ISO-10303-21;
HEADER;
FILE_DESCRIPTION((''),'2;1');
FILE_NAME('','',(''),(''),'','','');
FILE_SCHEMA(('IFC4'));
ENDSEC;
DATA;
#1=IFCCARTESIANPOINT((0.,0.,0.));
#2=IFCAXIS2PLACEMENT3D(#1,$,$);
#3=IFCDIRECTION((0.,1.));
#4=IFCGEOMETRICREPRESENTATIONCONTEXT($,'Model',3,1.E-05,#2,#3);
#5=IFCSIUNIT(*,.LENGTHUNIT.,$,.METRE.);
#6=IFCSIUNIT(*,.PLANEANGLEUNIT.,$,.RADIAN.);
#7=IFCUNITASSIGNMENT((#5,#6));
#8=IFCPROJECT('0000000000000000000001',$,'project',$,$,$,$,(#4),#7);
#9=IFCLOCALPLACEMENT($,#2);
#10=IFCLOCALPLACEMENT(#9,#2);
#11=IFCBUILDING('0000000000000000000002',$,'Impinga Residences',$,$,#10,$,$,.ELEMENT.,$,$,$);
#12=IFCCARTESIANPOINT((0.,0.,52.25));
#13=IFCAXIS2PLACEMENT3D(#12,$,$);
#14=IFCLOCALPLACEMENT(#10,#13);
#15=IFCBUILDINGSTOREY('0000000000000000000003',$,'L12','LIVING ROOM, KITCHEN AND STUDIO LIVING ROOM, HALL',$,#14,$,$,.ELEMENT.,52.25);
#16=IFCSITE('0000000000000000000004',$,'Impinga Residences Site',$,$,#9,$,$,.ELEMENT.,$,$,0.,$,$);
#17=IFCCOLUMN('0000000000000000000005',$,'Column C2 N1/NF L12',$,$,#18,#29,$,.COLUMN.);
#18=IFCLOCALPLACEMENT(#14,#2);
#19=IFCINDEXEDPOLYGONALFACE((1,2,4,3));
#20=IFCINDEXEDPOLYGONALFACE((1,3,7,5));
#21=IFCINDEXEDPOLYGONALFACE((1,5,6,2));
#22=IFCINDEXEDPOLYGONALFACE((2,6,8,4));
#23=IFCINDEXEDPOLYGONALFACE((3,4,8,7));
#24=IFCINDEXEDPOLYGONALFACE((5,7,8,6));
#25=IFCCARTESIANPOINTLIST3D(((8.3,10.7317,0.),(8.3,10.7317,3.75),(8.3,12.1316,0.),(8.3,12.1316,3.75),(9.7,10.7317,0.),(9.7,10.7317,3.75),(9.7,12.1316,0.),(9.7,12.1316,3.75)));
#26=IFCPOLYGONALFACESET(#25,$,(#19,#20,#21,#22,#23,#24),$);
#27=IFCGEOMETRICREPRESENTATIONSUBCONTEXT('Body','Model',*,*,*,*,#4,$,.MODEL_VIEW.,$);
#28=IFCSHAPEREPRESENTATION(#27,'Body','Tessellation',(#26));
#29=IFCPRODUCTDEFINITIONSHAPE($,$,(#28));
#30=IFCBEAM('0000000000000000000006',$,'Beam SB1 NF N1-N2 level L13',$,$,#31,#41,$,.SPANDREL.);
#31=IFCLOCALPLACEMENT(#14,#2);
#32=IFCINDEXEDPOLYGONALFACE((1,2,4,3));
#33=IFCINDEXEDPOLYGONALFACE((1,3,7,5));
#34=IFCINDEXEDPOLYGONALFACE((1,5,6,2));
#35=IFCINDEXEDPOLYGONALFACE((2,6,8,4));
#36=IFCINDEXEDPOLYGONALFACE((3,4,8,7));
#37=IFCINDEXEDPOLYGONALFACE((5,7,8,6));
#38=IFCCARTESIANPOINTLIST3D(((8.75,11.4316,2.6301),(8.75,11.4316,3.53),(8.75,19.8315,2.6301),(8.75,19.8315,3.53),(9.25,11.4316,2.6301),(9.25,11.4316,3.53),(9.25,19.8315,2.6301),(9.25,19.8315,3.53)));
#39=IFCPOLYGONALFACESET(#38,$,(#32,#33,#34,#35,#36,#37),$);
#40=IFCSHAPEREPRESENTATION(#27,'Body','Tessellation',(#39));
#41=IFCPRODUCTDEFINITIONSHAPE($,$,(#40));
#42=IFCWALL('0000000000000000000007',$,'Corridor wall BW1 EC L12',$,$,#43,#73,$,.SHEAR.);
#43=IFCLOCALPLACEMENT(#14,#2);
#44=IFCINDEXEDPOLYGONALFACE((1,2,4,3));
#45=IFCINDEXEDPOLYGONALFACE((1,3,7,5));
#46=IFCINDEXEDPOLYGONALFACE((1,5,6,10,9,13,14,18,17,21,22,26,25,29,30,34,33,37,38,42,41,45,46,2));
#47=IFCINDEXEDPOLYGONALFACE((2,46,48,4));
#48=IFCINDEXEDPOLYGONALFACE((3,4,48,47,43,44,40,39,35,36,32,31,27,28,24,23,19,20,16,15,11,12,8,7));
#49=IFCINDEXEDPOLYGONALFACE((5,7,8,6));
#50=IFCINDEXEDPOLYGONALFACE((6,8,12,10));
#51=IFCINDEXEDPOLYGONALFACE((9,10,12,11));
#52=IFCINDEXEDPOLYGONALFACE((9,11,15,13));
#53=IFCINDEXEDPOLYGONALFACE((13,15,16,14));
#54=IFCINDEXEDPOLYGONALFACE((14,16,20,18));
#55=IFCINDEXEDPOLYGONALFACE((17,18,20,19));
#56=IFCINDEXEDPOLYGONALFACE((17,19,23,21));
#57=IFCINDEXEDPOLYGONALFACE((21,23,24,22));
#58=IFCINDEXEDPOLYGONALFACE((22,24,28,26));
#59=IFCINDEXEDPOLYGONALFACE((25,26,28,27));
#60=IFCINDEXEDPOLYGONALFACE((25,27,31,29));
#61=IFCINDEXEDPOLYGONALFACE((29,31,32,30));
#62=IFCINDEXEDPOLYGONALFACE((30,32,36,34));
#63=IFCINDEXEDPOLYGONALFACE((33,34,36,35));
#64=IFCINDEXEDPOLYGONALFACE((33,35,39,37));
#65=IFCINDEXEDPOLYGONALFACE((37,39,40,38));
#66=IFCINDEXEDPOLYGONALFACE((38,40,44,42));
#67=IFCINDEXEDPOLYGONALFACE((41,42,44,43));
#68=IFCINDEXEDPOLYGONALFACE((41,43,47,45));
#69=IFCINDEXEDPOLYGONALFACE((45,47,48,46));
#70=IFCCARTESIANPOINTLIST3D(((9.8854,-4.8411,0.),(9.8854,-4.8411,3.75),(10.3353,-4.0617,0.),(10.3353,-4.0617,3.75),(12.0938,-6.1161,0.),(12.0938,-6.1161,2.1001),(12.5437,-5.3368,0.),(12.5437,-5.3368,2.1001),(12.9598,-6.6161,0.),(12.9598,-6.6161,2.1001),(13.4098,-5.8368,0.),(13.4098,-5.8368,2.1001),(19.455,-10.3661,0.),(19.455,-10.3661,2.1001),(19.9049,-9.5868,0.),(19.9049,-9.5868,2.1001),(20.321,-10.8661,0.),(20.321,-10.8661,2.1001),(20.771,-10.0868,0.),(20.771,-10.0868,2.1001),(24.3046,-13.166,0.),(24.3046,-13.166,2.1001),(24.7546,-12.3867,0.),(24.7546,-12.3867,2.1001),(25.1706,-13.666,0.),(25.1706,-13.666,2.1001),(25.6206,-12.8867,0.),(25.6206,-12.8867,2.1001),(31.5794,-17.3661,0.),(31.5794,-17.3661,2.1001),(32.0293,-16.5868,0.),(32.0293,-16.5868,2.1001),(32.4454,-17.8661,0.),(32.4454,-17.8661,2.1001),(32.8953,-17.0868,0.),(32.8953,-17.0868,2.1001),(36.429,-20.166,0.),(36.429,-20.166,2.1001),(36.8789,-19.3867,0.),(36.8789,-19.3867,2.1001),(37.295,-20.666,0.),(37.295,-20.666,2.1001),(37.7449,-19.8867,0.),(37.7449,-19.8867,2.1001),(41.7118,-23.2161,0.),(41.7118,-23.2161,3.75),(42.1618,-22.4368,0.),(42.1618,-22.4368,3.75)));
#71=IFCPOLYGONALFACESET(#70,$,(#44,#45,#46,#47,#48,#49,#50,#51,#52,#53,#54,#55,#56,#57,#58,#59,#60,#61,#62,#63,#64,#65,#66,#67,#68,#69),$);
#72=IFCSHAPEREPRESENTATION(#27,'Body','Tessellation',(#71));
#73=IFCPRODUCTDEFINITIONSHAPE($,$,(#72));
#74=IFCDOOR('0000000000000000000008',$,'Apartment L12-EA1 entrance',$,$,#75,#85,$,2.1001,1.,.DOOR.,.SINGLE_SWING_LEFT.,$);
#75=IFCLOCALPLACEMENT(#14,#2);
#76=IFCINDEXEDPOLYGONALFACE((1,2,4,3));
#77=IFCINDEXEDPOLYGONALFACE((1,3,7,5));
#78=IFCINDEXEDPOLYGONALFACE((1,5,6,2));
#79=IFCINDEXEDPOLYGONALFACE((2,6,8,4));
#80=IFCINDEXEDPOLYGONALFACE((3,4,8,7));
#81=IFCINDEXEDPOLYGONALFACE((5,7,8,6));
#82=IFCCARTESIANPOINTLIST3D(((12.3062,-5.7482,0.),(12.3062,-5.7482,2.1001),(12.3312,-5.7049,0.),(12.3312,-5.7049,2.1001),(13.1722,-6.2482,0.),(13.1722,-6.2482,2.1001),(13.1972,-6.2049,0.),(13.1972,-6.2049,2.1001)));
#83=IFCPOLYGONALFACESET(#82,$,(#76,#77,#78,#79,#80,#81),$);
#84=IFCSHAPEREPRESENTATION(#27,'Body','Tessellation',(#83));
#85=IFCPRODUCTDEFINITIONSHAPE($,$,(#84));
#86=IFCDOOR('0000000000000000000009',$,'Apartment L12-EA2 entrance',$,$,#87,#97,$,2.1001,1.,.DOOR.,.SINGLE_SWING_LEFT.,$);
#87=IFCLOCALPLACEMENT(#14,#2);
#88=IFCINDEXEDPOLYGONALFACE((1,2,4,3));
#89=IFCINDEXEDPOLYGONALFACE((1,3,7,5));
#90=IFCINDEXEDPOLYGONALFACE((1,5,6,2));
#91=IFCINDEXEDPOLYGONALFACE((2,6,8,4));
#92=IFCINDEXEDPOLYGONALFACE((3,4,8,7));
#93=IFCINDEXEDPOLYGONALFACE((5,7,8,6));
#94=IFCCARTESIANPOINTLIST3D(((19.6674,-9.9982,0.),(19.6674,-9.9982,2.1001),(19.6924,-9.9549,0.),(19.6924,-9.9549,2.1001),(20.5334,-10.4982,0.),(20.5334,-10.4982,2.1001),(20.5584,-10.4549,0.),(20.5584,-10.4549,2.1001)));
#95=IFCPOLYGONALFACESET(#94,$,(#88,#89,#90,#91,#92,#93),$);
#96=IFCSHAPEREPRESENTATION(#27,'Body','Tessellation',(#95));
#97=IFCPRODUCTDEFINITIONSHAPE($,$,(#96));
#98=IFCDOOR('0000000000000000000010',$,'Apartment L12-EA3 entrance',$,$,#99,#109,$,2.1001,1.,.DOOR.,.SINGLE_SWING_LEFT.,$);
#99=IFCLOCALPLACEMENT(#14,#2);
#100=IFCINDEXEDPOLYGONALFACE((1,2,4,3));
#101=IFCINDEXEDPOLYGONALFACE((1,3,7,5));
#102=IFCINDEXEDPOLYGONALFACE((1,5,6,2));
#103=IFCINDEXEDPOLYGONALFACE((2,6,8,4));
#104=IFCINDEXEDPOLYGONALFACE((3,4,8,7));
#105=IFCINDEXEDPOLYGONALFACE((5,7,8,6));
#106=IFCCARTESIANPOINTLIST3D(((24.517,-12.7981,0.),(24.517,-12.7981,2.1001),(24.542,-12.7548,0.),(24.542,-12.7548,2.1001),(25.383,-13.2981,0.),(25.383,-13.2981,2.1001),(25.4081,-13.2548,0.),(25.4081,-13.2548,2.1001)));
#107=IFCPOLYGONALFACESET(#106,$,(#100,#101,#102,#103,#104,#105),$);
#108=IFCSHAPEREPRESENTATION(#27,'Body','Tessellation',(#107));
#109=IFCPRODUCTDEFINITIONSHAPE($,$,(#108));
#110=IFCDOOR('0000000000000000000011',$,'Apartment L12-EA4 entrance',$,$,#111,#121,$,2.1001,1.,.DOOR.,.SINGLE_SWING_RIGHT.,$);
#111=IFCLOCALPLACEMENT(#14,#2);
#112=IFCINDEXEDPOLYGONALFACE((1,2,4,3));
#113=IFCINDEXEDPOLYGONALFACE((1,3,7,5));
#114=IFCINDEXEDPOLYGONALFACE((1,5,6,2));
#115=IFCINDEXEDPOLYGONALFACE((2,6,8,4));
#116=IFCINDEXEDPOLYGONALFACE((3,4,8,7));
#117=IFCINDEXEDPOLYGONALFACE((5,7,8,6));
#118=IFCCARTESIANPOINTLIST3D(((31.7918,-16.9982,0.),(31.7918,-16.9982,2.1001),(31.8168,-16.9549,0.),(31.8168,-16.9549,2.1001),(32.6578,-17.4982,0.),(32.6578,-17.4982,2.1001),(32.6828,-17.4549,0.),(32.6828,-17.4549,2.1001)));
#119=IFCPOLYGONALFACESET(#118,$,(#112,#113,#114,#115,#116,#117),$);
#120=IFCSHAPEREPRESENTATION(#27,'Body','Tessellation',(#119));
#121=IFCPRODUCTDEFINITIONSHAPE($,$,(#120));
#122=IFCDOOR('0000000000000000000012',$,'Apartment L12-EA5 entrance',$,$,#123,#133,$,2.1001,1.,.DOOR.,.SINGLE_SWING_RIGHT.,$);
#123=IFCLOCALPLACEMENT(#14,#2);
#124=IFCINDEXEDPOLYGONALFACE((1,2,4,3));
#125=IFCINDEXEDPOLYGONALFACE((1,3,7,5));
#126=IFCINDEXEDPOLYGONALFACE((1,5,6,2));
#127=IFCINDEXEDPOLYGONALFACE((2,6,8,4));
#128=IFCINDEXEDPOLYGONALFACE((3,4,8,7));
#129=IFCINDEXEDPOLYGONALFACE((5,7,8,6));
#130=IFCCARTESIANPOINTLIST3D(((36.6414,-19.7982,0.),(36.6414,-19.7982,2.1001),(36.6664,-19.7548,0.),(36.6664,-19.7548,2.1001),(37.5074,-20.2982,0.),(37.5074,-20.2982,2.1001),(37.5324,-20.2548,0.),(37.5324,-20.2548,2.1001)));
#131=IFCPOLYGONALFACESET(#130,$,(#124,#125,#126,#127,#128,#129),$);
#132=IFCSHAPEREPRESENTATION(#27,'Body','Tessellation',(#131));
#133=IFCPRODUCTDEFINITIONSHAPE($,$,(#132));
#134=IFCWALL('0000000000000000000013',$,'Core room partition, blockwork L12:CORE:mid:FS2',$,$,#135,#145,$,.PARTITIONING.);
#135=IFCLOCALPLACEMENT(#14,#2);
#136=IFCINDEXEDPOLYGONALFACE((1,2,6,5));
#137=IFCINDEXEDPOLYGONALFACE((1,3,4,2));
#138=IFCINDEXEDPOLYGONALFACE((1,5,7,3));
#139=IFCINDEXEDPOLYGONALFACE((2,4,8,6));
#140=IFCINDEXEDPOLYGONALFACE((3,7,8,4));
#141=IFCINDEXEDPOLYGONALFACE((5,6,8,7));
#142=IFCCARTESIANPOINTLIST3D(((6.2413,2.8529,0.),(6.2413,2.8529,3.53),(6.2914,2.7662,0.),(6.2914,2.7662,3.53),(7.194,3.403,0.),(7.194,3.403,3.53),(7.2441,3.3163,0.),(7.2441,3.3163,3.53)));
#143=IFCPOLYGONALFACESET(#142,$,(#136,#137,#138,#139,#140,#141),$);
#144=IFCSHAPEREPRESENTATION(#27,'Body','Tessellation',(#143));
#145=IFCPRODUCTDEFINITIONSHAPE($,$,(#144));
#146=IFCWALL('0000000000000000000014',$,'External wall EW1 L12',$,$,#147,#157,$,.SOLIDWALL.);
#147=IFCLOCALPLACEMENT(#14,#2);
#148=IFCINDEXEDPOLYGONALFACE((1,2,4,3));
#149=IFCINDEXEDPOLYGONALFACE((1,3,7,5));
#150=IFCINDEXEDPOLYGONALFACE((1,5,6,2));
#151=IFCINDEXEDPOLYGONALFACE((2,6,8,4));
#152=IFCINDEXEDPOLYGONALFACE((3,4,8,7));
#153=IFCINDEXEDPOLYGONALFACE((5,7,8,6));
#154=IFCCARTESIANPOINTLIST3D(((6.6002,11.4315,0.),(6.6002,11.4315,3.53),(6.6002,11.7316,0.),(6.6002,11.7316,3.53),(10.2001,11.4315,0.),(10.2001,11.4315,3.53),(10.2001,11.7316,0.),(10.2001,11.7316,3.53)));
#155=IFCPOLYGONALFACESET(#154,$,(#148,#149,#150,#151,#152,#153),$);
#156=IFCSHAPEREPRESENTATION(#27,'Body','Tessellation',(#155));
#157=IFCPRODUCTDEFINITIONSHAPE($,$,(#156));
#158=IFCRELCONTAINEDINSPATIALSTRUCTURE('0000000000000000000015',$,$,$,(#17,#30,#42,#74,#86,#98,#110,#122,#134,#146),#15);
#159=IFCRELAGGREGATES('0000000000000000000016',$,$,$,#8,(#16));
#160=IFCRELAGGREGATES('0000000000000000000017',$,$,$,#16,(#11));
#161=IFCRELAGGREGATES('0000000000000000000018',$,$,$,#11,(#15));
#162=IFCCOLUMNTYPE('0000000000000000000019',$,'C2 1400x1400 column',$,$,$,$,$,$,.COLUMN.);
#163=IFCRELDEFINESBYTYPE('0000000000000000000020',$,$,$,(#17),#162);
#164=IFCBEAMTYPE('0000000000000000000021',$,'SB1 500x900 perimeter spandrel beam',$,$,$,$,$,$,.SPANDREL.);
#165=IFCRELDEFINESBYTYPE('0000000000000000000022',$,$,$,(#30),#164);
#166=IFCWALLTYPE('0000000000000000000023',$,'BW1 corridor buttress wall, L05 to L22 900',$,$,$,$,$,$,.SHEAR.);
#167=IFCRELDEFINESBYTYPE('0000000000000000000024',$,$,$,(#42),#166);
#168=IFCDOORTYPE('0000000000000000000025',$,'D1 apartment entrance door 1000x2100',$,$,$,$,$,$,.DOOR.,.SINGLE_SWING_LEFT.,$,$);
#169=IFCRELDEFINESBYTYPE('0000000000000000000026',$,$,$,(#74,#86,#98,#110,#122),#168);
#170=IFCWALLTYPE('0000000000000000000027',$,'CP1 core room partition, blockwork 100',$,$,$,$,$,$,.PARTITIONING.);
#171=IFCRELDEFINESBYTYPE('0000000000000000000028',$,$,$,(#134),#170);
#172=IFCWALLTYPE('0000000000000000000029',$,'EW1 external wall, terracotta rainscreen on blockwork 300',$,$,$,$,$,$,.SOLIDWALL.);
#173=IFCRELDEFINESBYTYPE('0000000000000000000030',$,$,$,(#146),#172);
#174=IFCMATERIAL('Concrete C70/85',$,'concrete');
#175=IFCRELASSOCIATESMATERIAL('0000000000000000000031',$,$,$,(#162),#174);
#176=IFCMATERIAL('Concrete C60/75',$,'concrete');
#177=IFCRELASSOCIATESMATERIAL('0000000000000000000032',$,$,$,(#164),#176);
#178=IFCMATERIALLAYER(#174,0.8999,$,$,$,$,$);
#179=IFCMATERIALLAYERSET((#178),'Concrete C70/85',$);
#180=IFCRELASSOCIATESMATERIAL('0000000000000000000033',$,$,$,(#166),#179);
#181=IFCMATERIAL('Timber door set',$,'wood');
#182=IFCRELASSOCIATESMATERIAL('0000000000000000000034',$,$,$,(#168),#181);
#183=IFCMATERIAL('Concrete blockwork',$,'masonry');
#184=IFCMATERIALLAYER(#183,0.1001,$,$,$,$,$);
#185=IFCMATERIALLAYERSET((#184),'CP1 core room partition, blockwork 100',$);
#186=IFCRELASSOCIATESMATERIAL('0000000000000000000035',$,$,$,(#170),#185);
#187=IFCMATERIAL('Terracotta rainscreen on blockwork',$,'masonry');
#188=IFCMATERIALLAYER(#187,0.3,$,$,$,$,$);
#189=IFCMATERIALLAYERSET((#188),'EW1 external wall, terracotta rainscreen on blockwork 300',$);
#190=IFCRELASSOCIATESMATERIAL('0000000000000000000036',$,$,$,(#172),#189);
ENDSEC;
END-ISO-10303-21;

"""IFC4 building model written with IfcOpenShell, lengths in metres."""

from ifc_helpers import new_model, si_unit, direction, frame, frame_2d, origin, origin_2d, place, context, subcontext, project, spatial, rectangle, extrude, material, layer, layer_set, material_profile, profile_set, type_object, element, fill, save


model = new_model("IFC4")

# Units and contexts
model_context = context("Model", 3, precision=1e-05, world=origin(), true_north=direction((0.0, 1.0)))
body_context = subcontext(model_context, "Body", "Model", "MODEL_VIEW")
ifc_project = project(units=[si_unit("LENGTHUNIT", "METRE"), si_unit("PLANEANGLEUNIT", "RADIAN")], contexts=[model_context])

# Site, building, storey
site_placement = place(None, origin())
site = spatial("IfcSite", under=ifc_project, at=site_placement, Name="Impinga Residences Site", CompositionType="ELEMENT", RefElevation=0.0)
building_placement = place(site_placement, origin())
building = spatial("IfcBuilding", under=site, at=building_placement, Name="Impinga Residences", CompositionType="ELEMENT")
storey_placement = place(building_placement, frame((0.0, 0.0, 52.25)))
storey = spatial("IfcBuildingStorey", under=building, at=storey_placement, Name="L12", Description="LIVING ROOM, KITCHEN AND STUDIO LIVING ROOM, HALL", CompositionType="ELEMENT", Elevation=52.25)

# Column
ifc_material_1 = material(Name="Concrete C70/85", Category="concrete")
ifc_material_profile_1 = material_profile(ifc_material_1, rectangle(XDim=1.3999, YDim=1.3999, at=origin_2d()), Name="RC 1400x1400")
ifc_profile_set_1 = profile_set([ifc_material_profile_1], Name="Concrete C70/85")
column_type = type_object("IfcColumnType", Name="C2 1400x1400 column", PredefinedType="COLUMN", material=ifc_profile_set_1)
column_placement = place(storey_placement, frame((9.0, 11.4316, 0.0), z_axis=(0.0, 0.0, 1.0), x_axis=(1.0, 0.0, 0.0)))
element("IfcColumn", 1, at=column_placement, inside=storey, type_object=column_type, Name="Column C2 N1/NF L12", PredefinedType="COLUMN", context=body_context, shape_type="SweptSolid", body=[
    extrude(rectangle(XDim=1.3999, YDim=1.3999, at=origin_2d()), origin(), (0.0, 0.0, 1.0), 3.75),
])

# Beam
ifc_material_2 = material(Name="Concrete C60/75", Category="concrete")
ifc_material_profile_2 = material_profile(ifc_material_2, rectangle(XDim=0.5, YDim=0.8999, at=origin_2d()), Name="RC 500x900")
ifc_profile_set_2 = profile_set([ifc_material_profile_2], Name="Concrete C60/75")
beam_type = type_object("IfcBeamType", Name="SB1 500x900 perimeter spandrel beam", PredefinedType="SPANDREL", material=ifc_profile_set_2)
beam_placement = place(storey_placement, frame((9.0, 11.4316, 3.0801), z_axis=(0.0, 1.0, 0.0), x_axis=(-1.0, 0.0, 0.0)))
element("IfcBeam", 2, at=beam_placement, inside=storey, type_object=beam_type, Name="Beam SB1 NF N1-N2 level L13", PredefinedType="SPANDREL", context=body_context, shape_type="SweptSolid", body=[
    extrude(rectangle(XDim=0.5, YDim=0.8999, at=origin_2d()), origin(), (0.0, 0.0, 1.0), 8.3999),
])

# Wall, openings, doors
ifc_layer_1 = layer(ifc_material_1, 0.8999)
ifc_layer_set_1 = layer_set([ifc_layer_1], Name="Concrete C70/85")
wall_type_1 = type_object("IfcWallType", Name="BW1 corridor buttress wall, L05 to L22 900", PredefinedType="SHEAR", material=ifc_layer_set_1)
wall_1_placement = place(storey_placement, frame((10.1104, -4.4514, 0.0), z_axis=(0.0, 0.0, 1.0), x_axis=(0.866025, -0.5, 0.0)))
wall_1 = element("IfcWall", 3, at=wall_1_placement, inside=storey, type_object=wall_type_1, Name="Corridor wall BW1 EC L12", PredefinedType="SHEAR", context=body_context, shape_type="SweptSolid", body=[
    extrude(rectangle(XDim=36.75, YDim=0.8999, at=frame_2d((18.375, 0.0))), origin(), (0.0, 0.0, 1.0), 3.75),
])
opening_1_placement = place(wall_1_placement, frame((2.55, 0.0, 0.0)))
opening_1 = element("IfcOpeningElement", 4, at=opening_1_placement, cuts=wall_1, PredefinedType="OPENING", context=body_context, shape_type="SweptSolid", body=[
    extrude(rectangle(XDim=1.0, YDim=2.1001, at=frame_2d((0.5, 1.05))), frame((0.0, 0.46, 0.0), z_axis=(0.0, -1.0, 0.0), x_axis=(1.0, 0.0, 0.0)), (0.0, 0.0, 1.0), 0.9199),
])
opening_2_placement = place(wall_1_placement, frame((11.05, 0.0, 0.0)))
opening_2 = element("IfcOpeningElement", 5, at=opening_2_placement, cuts=wall_1, PredefinedType="OPENING", context=body_context, shape_type="SweptSolid", body=[
    extrude(rectangle(XDim=1.0, YDim=2.1001, at=frame_2d((0.5, 1.05))), frame((0.0, 0.46, 0.0), z_axis=(0.0, -1.0, 0.0), x_axis=(1.0, 0.0, 0.0)), (0.0, 0.0, 1.0), 0.9199),
])
opening_3_placement = place(wall_1_placement, frame((16.6499, 0.0, 0.0)))
opening_3 = element("IfcOpeningElement", 6, at=opening_3_placement, cuts=wall_1, PredefinedType="OPENING", context=body_context, shape_type="SweptSolid", body=[
    extrude(rectangle(XDim=1.0, YDim=2.1001, at=frame_2d((0.5, 1.05))), frame((0.0, 0.46, 0.0), z_axis=(0.0, -1.0, 0.0), x_axis=(1.0, 0.0, 0.0)), (0.0, 0.0, 1.0), 0.9199),
])
opening_4_placement = place(wall_1_placement, frame((25.05, 0.0, 0.0)))
opening_4 = element("IfcOpeningElement", 7, at=opening_4_placement, cuts=wall_1, PredefinedType="OPENING", context=body_context, shape_type="SweptSolid", body=[
    extrude(rectangle(XDim=1.0, YDim=2.1001, at=frame_2d((0.5, 1.05))), frame((0.0, 0.46, 0.0), z_axis=(0.0, -1.0, 0.0), x_axis=(1.0, 0.0, 0.0)), (0.0, 0.0, 1.0), 0.9199),
])
opening_5_placement = place(wall_1_placement, frame((30.6499, 0.0, 0.0)))
opening_5 = element("IfcOpeningElement", 8, at=opening_5_placement, cuts=wall_1, PredefinedType="OPENING", context=body_context, shape_type="SweptSolid", body=[
    extrude(rectangle(XDim=1.0, YDim=2.1001, at=frame_2d((0.5, 1.05))), frame((0.0, 0.46, 0.0), z_axis=(0.0, -1.0, 0.0), x_axis=(1.0, 0.0, 0.0)), (0.0, 0.0, 1.0), 0.9199),
])
ifc_material_3 = material(Name="Timber door set", Category="wood")
door_type_1 = type_object("IfcDoorType", Name="D1 apartment entrance door 1000x2100", OperationType="SINGLE_SWING_LEFT", PredefinedType="DOOR", material=ifc_material_3)
door_1_placement = place(opening_1_placement, origin())
door_1 = element("IfcDoor", 9, at=door_1_placement, inside=storey, type_object=door_type_1, Name="Apartment L12-EA1 entrance", OperationType="SINGLE_SWING_LEFT", OverallHeight=2.1001, OverallWidth=1.0, PredefinedType="DOOR", context=body_context, shape_type="SweptSolid", body=[
    extrude(rectangle(XDim=1.0, YDim=2.1001, at=frame_2d((0.5, 1.05))), frame((0.0, 0.0249, 0.0), z_axis=(0.0, -1.0, 0.0), x_axis=(1.0, 0.0, 0.0)), (0.0, 0.0, 1.0), 0.05),
])
fill(opening_1, door_1)
door_2_placement = place(opening_2_placement, origin())
door_2 = element("IfcDoor", 10, at=door_2_placement, inside=storey, type_object=door_type_1, Name="Apartment L12-EA2 entrance", OperationType="SINGLE_SWING_LEFT", OverallHeight=2.1001, OverallWidth=1.0, PredefinedType="DOOR", context=body_context, shape_type="SweptSolid", body=[
    extrude(rectangle(XDim=1.0, YDim=2.1001, at=frame_2d((0.5, 1.05))), frame((0.0, 0.0249, 0.0), z_axis=(0.0, -1.0, 0.0), x_axis=(1.0, 0.0, 0.0)), (0.0, 0.0, 1.0), 0.05),
])
fill(opening_2, door_2)
door_3_placement = place(opening_3_placement, origin())
door_3 = element("IfcDoor", 11, at=door_3_placement, inside=storey, type_object=door_type_1, Name="Apartment L12-EA3 entrance", OperationType="SINGLE_SWING_LEFT", OverallHeight=2.1001, OverallWidth=1.0, PredefinedType="DOOR", context=body_context, shape_type="SweptSolid", body=[
    extrude(rectangle(XDim=1.0, YDim=2.1001, at=frame_2d((0.5, 1.05))), frame((0.0, 0.0249, 0.0), z_axis=(0.0, -1.0, 0.0), x_axis=(1.0, 0.0, 0.0)), (0.0, 0.0, 1.0), 0.05),
])
fill(opening_3, door_3)
door_4_placement = place(opening_4_placement, origin())
door_4 = element("IfcDoor", 12, at=door_4_placement, inside=storey, type_object=door_type_1, Name="Apartment L12-EA4 entrance", OperationType="SINGLE_SWING_RIGHT", OverallHeight=2.1001, OverallWidth=1.0, PredefinedType="DOOR", context=body_context, shape_type="SweptSolid", body=[
    extrude(rectangle(XDim=1.0, YDim=2.1001, at=frame_2d((0.5, 1.05))), frame((0.0, 0.0249, 0.0), z_axis=(0.0, -1.0, 0.0), x_axis=(1.0, 0.0, 0.0)), (0.0, 0.0, 1.0), 0.05),
])
fill(opening_4, door_4)
door_5_placement = place(opening_5_placement, origin())
door_5 = element("IfcDoor", 13, at=door_5_placement, inside=storey, type_object=door_type_1, Name="Apartment L12-EA5 entrance", OperationType="SINGLE_SWING_RIGHT", OverallHeight=2.1001, OverallWidth=1.0, PredefinedType="DOOR", context=body_context, shape_type="SweptSolid", body=[
    extrude(rectangle(XDim=1.0, YDim=2.1001, at=frame_2d((0.5, 1.05))), frame((0.0, 0.0249, 0.0), z_axis=(0.0, -1.0, 0.0), x_axis=(1.0, 0.0, 0.0)), (0.0, 0.0, 1.0), 0.05),
])
fill(opening_5, door_5)

# Walls
ifc_material_4 = material(Name="Concrete blockwork", Category="masonry")
ifc_layer_2 = layer(ifc_material_4, 0.1001)
ifc_layer_set_2 = layer_set([ifc_layer_2], Name="CP1 core room partition, blockwork 100")
wall_type_2 = type_object("IfcWallType", Name="CP1 core room partition, blockwork 100", PredefinedType="PARTITIONING", material=ifc_layer_set_2)
wall_2_placement = place(storey_placement, frame((6.2664, 2.8096, 0.0), z_axis=(0.0, 0.0, 1.0), x_axis=(0.866008, 0.50003, 0.0)))
element("IfcWall", 14, at=wall_2_placement, inside=storey, type_object=wall_type_2, Name="Core room partition, blockwork L12:CORE:mid:FS2", PredefinedType="PARTITIONING", context=body_context, shape_type="SweptSolid", body=[
    extrude(rectangle(XDim=1.1001, YDim=0.1001, at=frame_2d((0.55, 0.0))), origin(), (0.0, 0.0, 1.0), 3.53),
])
ifc_material_5 = material(Name="Terracotta rainscreen on blockwork", Category="masonry")
ifc_layer_3 = layer(ifc_material_5, 0.3)
ifc_layer_set_3 = layer_set([ifc_layer_3], Name="EW1 external wall, terracotta rainscreen on blockwork 300")
wall_type_3 = type_object("IfcWallType", Name="EW1 external wall, terracotta rainscreen on blockwork 300", PredefinedType="SOLIDWALL", material=ifc_layer_set_3)
wall_3_placement = place(storey_placement, frame((10.2, 11.5815, 0.0), z_axis=(0.0, 0.0, 1.0), x_axis=(-1.0, 0.0, 0.0)))
element("IfcWall", 15, at=wall_3_placement, inside=storey, type_object=wall_type_3, Name="External wall EW1 L12", PredefinedType="SOLIDWALL", context=body_context, shape_type="SweptSolid", body=[
    extrude(rectangle(XDim=3.5999, YDim=0.3, at=frame_2d((1.7998, 0.0))), origin(), (0.0, 0.0, 1.0), 3.53),
])

save(model, "model.ifc")
